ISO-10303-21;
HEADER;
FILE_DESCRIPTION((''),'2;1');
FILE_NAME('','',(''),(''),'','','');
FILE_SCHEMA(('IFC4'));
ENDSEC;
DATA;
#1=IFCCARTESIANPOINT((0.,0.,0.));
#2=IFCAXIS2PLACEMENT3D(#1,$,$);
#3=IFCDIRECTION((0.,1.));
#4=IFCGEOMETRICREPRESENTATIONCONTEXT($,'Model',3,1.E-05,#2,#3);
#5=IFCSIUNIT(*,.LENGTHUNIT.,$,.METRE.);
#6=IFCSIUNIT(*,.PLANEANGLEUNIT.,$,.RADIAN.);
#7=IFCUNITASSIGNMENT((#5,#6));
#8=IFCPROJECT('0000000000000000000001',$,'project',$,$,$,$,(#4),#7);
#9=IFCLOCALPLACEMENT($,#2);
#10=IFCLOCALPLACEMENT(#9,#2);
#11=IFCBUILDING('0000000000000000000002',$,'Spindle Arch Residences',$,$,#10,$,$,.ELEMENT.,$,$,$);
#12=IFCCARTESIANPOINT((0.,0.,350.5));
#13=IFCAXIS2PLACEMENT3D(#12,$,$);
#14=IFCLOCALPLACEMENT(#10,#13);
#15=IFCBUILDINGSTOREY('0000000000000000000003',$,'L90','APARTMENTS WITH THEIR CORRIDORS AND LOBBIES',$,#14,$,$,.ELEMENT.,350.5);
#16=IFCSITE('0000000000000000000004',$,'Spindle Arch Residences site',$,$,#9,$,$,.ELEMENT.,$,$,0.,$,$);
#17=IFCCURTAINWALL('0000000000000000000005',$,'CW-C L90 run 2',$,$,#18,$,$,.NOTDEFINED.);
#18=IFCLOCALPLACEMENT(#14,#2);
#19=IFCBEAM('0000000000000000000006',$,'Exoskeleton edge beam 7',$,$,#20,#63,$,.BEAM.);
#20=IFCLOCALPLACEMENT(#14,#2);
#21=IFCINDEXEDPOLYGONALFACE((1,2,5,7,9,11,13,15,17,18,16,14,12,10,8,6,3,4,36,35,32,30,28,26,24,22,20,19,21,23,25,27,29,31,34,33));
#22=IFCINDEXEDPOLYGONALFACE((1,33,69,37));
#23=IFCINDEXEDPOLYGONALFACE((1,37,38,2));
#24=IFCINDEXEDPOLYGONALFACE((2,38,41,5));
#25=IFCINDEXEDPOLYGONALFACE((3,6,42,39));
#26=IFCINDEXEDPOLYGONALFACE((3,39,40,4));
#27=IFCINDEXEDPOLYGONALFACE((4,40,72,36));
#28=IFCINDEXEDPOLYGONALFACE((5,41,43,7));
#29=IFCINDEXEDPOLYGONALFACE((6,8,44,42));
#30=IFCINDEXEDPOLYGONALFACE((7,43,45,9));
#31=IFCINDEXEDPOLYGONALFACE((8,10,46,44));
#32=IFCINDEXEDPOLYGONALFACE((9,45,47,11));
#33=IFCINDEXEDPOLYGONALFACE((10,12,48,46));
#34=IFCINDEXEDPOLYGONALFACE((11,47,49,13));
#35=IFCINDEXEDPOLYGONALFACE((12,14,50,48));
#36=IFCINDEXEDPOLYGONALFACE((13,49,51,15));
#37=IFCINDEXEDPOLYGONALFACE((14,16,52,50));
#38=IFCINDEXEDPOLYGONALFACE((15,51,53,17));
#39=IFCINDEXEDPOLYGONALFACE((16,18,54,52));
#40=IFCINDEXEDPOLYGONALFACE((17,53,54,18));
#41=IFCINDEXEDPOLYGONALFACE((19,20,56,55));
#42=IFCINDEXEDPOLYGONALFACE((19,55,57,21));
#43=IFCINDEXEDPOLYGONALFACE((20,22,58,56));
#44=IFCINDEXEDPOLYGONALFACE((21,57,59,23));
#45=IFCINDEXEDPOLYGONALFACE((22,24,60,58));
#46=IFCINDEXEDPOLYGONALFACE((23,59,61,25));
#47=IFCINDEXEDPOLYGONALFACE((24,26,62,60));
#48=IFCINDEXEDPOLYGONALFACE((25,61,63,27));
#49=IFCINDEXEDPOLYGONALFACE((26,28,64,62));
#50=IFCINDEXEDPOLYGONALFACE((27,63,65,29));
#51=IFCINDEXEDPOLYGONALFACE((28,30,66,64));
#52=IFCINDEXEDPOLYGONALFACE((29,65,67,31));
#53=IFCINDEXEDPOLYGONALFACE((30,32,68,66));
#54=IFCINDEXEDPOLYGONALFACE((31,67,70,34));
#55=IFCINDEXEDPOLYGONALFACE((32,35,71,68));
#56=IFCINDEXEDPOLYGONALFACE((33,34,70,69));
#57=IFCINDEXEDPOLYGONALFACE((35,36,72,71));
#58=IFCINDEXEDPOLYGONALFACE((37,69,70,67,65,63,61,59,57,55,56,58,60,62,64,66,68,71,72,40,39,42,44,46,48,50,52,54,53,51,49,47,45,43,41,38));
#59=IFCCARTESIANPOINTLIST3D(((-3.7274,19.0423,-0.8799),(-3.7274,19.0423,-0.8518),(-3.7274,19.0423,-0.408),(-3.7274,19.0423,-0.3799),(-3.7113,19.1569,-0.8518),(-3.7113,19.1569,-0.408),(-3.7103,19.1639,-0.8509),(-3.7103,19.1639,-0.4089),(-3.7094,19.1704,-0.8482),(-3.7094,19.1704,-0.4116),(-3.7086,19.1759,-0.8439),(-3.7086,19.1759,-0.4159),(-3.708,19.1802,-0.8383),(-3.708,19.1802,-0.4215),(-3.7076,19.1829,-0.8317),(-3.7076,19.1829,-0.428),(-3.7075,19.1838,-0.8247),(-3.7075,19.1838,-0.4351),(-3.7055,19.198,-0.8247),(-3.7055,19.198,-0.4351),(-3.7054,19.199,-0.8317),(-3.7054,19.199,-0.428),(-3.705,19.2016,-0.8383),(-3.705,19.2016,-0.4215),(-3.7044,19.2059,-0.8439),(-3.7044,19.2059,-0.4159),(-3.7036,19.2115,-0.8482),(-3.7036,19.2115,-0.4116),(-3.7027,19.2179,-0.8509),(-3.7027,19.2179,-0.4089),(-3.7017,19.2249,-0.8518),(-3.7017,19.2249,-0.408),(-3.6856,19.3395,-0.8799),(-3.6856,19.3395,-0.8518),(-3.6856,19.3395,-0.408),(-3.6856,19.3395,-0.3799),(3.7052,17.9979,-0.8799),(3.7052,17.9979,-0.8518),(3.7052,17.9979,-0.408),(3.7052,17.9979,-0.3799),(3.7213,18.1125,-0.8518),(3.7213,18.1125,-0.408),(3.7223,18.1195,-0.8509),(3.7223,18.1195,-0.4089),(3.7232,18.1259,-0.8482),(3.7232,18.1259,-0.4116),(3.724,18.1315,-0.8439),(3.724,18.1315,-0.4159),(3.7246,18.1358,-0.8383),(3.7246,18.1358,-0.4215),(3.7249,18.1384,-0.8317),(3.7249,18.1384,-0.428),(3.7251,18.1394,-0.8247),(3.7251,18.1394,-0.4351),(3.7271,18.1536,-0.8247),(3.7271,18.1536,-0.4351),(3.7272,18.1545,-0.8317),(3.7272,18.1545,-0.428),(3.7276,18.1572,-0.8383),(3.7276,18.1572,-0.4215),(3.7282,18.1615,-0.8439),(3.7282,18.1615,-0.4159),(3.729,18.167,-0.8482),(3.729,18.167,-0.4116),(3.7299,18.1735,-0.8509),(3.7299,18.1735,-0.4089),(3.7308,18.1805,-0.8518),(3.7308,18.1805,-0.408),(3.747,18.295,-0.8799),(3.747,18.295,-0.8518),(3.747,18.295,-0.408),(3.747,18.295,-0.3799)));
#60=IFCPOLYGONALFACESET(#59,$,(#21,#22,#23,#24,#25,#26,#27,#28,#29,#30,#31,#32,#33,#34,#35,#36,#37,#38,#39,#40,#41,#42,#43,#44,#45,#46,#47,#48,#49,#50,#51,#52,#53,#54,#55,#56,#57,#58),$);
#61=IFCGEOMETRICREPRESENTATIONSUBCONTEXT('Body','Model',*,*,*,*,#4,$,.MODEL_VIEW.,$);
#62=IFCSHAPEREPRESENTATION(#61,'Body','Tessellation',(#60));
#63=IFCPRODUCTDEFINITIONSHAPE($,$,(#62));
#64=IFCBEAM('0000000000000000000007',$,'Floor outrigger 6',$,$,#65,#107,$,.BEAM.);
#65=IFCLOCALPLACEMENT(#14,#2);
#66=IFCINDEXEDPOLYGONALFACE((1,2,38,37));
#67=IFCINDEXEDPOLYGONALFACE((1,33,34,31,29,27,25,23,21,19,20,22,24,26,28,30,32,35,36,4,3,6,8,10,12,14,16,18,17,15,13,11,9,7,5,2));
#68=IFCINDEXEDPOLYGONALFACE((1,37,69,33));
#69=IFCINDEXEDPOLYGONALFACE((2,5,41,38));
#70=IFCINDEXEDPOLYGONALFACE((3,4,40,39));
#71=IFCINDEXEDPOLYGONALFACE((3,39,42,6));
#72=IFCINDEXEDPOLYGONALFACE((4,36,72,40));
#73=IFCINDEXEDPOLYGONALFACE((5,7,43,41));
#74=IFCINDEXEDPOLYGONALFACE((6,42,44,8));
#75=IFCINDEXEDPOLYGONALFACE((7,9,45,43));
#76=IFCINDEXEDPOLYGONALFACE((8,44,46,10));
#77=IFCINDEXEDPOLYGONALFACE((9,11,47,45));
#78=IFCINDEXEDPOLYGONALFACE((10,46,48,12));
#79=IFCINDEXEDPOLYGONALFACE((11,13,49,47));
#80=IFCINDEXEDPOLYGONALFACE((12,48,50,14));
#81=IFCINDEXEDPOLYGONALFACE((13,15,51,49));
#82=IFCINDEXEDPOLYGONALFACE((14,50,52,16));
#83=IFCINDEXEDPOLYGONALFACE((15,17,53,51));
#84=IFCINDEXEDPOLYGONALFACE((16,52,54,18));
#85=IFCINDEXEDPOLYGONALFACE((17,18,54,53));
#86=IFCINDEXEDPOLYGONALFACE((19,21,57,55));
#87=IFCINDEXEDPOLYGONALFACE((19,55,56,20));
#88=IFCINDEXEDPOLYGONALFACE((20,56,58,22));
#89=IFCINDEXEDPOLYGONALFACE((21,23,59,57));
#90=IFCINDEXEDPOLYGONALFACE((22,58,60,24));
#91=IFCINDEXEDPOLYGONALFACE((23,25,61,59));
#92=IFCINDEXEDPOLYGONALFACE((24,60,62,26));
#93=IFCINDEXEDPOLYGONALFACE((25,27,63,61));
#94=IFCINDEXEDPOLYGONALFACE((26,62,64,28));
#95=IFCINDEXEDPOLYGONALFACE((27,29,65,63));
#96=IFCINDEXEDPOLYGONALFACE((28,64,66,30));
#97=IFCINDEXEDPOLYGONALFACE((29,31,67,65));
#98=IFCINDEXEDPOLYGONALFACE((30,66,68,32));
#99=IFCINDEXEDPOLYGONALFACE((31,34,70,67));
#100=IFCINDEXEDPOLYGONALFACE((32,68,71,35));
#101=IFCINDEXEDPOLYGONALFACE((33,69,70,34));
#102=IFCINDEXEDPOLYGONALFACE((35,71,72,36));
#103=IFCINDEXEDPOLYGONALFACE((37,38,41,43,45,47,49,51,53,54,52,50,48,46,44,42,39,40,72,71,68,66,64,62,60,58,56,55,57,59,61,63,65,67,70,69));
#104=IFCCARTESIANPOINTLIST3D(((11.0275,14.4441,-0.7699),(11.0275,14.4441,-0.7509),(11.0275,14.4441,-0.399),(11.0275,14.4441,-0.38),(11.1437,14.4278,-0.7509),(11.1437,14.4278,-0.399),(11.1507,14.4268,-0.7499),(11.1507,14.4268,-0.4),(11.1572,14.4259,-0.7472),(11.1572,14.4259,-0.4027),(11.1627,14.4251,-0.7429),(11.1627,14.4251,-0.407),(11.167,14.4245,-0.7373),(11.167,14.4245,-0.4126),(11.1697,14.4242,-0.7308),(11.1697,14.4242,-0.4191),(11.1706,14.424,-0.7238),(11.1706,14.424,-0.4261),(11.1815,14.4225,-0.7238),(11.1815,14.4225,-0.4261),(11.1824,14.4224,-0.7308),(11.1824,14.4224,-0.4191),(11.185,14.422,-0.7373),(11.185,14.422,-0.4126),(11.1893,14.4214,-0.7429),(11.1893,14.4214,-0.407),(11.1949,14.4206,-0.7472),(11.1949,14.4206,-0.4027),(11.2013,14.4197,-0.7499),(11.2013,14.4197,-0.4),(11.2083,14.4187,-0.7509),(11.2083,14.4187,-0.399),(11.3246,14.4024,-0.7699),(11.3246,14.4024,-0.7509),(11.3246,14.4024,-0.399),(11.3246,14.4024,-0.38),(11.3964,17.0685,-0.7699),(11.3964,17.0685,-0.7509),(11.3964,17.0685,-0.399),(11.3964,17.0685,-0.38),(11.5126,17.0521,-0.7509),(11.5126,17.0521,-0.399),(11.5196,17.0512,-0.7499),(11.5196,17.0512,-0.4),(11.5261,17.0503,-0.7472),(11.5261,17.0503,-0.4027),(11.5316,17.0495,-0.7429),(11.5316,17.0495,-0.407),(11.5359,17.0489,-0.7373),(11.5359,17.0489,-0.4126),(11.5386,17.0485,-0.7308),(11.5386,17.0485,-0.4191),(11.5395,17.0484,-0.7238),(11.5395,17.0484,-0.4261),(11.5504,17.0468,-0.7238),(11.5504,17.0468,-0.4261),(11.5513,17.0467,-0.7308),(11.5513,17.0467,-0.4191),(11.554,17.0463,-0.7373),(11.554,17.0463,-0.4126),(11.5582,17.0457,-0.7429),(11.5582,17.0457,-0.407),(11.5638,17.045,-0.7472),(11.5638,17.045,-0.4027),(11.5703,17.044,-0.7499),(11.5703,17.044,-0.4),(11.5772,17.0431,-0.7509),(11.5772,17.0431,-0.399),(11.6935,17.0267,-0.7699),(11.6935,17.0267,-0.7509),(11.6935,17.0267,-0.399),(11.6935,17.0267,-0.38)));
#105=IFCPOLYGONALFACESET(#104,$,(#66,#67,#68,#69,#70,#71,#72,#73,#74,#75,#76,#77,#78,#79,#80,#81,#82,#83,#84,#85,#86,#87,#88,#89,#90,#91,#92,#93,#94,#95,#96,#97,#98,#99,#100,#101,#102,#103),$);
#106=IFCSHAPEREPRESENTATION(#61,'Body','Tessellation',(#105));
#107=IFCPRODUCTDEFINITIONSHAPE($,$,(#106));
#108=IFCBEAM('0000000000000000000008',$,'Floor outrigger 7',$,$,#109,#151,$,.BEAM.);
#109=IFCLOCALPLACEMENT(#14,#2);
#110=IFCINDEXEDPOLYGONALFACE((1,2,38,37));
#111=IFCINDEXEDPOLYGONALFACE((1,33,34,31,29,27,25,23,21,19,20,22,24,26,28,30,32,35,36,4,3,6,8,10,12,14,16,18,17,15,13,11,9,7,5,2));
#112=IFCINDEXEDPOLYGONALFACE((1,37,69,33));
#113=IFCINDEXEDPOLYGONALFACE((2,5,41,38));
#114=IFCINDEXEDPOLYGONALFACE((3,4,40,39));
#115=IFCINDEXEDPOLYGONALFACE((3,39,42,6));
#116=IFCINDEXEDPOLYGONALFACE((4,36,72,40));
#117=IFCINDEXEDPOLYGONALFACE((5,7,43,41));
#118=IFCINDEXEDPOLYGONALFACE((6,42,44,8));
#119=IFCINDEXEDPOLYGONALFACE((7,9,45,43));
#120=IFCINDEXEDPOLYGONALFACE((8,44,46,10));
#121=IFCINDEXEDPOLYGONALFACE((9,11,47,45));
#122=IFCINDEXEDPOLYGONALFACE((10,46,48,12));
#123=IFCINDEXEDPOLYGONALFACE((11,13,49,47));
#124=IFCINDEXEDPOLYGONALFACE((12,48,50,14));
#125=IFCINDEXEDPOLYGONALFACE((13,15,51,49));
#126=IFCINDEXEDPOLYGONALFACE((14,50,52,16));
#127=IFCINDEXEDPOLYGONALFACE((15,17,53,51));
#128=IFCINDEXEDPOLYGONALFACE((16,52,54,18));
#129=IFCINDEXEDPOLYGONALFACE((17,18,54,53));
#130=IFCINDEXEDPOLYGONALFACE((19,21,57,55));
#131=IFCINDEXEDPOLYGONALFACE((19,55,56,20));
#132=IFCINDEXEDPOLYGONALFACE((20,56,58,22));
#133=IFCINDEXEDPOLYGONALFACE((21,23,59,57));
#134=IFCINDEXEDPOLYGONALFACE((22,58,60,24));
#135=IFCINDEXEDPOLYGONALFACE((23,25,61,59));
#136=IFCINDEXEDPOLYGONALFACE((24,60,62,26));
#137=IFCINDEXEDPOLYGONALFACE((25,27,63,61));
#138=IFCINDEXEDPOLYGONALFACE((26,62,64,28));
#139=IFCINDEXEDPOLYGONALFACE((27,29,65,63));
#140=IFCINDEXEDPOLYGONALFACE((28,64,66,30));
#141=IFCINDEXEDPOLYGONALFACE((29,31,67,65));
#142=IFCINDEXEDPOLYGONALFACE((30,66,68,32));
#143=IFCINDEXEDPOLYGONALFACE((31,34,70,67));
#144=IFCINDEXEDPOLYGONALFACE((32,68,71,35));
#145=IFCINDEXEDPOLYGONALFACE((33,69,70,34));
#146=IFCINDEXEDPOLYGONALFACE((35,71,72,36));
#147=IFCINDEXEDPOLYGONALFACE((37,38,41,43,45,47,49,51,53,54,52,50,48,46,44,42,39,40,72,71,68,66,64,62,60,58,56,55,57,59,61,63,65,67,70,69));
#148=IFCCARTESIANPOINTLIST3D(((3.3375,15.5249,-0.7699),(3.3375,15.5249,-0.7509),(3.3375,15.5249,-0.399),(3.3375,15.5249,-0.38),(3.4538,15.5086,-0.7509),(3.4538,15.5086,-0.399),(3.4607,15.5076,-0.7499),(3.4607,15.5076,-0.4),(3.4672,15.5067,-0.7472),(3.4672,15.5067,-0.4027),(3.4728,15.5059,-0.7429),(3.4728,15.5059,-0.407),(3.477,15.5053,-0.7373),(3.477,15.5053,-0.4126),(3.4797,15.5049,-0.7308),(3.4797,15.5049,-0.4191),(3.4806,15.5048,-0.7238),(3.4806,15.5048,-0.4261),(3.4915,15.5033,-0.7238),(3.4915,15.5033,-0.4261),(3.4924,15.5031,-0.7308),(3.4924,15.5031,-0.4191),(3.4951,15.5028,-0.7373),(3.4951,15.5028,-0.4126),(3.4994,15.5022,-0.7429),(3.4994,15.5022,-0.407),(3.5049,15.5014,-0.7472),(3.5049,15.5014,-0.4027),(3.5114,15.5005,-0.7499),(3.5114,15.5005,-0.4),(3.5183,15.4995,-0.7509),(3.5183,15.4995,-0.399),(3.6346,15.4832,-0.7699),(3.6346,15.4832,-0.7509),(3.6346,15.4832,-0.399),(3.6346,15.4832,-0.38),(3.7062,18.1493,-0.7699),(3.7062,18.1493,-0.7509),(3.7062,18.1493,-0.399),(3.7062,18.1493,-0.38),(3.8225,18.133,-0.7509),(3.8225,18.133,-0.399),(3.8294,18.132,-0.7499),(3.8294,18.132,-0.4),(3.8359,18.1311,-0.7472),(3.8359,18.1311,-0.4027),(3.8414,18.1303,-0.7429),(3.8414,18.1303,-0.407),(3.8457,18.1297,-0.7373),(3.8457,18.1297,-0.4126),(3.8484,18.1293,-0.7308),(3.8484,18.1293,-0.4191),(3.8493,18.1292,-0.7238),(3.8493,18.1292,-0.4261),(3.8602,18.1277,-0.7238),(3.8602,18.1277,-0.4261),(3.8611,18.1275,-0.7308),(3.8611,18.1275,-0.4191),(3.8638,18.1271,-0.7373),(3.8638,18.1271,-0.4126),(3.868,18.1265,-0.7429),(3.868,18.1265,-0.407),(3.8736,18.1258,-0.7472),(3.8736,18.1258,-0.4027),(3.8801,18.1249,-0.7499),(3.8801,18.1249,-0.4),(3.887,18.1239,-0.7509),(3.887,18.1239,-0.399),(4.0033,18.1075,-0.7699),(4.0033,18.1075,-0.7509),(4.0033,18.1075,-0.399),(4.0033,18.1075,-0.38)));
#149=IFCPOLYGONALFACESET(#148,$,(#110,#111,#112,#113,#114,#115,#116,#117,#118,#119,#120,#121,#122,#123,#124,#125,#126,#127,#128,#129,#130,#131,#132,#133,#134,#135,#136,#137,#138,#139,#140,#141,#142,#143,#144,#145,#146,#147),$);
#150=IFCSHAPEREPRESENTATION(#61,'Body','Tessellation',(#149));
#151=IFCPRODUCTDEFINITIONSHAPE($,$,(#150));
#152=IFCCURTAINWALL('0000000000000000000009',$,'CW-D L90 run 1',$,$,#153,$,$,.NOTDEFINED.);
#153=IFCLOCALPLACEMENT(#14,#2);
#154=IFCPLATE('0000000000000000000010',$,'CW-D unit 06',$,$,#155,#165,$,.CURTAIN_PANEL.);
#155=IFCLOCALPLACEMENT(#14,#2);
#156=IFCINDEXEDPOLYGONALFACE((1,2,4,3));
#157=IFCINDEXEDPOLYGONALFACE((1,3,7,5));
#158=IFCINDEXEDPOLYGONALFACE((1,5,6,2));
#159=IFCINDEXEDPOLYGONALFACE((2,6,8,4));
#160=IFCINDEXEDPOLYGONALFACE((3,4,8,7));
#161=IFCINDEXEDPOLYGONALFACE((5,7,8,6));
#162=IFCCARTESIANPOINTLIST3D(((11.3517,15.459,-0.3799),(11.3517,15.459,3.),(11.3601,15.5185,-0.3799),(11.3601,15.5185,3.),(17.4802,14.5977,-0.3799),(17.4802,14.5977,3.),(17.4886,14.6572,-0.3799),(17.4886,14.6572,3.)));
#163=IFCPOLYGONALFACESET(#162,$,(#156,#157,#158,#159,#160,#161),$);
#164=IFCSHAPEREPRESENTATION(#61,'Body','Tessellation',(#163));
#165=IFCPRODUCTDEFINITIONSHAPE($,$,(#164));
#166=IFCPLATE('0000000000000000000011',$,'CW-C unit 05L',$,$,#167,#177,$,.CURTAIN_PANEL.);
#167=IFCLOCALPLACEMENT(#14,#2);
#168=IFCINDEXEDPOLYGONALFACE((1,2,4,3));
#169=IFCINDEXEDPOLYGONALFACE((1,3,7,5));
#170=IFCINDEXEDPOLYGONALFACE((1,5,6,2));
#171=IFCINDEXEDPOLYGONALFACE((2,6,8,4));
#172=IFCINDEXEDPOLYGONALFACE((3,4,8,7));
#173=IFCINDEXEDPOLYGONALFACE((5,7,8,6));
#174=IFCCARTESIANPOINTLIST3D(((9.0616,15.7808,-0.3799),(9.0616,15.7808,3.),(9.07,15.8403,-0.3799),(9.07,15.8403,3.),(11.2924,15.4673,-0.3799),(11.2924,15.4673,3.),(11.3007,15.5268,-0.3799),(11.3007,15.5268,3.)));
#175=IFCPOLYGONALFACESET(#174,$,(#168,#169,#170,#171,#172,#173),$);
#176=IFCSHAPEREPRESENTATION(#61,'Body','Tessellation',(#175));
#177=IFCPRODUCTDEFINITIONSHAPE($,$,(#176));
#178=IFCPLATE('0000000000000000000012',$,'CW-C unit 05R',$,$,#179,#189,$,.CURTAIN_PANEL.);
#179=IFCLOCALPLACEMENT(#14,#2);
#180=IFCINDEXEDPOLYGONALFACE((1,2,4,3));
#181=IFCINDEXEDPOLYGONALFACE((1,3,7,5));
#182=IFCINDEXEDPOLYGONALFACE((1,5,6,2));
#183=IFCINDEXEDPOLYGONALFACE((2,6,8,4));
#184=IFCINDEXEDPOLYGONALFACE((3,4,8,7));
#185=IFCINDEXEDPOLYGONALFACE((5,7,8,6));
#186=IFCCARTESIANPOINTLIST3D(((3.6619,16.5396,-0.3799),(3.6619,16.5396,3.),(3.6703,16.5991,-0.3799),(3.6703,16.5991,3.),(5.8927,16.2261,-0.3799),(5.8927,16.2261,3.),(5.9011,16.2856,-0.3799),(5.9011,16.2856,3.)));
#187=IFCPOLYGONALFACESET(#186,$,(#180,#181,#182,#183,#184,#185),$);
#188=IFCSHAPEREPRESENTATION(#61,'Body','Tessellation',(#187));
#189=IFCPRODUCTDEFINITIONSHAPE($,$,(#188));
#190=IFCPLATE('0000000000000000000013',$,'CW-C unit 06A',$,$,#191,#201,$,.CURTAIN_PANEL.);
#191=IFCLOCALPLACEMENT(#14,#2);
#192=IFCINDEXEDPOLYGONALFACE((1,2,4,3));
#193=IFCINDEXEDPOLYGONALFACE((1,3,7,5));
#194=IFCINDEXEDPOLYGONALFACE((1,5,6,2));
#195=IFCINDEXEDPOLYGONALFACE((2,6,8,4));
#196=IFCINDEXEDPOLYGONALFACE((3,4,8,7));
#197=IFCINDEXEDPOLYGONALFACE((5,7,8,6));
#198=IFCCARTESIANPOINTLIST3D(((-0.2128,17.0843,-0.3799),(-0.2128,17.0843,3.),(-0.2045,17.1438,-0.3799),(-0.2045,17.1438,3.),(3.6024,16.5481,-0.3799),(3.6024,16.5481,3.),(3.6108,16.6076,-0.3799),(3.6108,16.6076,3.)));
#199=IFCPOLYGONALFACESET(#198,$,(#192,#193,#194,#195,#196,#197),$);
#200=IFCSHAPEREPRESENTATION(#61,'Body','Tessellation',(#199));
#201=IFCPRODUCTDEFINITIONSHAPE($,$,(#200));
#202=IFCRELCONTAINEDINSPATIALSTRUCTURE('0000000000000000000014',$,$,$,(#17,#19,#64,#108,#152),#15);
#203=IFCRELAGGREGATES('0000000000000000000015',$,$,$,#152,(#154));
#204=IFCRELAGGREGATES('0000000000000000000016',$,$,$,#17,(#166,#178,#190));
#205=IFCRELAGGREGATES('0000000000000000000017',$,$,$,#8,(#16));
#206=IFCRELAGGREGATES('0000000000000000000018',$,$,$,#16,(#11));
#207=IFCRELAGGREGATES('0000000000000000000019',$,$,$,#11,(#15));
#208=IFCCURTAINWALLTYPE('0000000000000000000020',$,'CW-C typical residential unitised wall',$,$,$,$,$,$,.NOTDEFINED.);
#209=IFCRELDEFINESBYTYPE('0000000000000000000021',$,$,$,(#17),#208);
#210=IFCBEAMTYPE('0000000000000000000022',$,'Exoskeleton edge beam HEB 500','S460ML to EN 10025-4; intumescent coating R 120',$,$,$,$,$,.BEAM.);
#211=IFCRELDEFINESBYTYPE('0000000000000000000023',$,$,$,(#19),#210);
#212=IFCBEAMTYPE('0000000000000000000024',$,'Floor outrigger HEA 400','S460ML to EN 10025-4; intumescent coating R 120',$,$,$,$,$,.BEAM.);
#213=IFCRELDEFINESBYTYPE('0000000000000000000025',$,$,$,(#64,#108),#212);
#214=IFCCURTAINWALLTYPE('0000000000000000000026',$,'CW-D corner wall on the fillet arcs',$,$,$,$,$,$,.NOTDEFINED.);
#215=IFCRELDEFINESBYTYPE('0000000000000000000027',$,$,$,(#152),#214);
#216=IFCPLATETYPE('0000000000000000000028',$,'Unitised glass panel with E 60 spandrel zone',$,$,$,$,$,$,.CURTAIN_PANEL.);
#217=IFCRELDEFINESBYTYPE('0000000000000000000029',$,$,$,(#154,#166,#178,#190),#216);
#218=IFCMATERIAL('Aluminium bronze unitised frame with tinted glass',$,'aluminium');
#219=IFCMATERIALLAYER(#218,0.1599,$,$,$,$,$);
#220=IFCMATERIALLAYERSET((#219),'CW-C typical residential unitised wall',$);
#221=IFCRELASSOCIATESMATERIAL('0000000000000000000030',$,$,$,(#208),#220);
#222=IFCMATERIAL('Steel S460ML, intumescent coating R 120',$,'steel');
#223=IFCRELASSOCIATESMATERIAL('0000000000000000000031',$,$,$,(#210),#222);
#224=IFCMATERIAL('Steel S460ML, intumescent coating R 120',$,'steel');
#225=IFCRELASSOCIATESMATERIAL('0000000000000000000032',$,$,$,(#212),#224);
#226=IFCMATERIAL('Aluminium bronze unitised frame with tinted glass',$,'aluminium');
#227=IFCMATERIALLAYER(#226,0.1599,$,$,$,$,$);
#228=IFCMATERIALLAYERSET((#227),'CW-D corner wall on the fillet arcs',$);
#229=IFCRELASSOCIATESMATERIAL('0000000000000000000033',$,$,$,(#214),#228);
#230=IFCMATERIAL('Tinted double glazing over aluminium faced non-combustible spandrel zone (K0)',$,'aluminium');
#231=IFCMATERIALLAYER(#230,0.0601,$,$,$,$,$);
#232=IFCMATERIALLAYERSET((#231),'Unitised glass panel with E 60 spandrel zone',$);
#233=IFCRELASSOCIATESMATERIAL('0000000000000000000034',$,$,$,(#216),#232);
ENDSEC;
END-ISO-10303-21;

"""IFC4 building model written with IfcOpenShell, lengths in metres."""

from ifc_helpers import new_model, si_unit, direction, frame, origin, origin_2d, place, context, subcontext, project, spatial, rectangle, i_section, extrude, material, layer, layer_set, material_profile, profile_set, type_object, element, aggregate, save


model = new_model("IFC4")

# Units and contexts
model_context = context("Model", 3, precision=1e-05, world=origin(), true_north=direction((0.0, 1.0)))
body_context = subcontext(model_context, "Body", "Model", "MODEL_VIEW")
ifc_project = project(units=[si_unit("LENGTHUNIT", "METRE"), si_unit("PLANEANGLEUNIT", "RADIAN")], contexts=[model_context])

# Site, building, storey
site_placement = place(None, origin())
site = spatial("IfcSite", under=ifc_project, at=site_placement, Name="Spindle Arch Residences site", CompositionType="ELEMENT", RefElevation=0.0)
building_placement = place(site_placement, origin())
building = spatial("IfcBuilding", under=site, at=building_placement, Name="Spindle Arch Residences", CompositionType="ELEMENT")
storey_placement = place(building_placement, frame((0.0, 0.0, 350.5)))
storey = spatial("IfcBuildingStorey", under=building, at=storey_placement, Name="L90", Description="APARTMENTS WITH THEIR CORRIDORS AND LOBBIES", CompositionType="ELEMENT", Elevation=350.5)

# Curtain wall
ifc_material_1 = material(Name="Aluminium bronze unitised frame with tinted glass", Category="aluminium")
ifc_layer_1 = layer(ifc_material_1, 0.1599)
ifc_layer_set_1 = layer_set([ifc_layer_1], Name="CW-C typical residential unitised wall")
curtain_wall_type_1 = type_object("IfcCurtainWallType", Name="CW-C typical residential unitised wall", PredefinedType="NOTDEFINED", material=ifc_layer_set_1)
curtain_wall_1_placement = place(storey_placement, origin())
curtain_wall_1 = element("IfcCurtainWall", 1, at=curtain_wall_1_placement, inside=storey, type_object=curtain_wall_type_1, Name="CW-C L90 run 2", PredefinedType="NOTDEFINED")

# Beams
ifc_material_2 = material(Name="Steel S460ML, intumescent coating R 120", Category="steel")
ifc_material_profile_1 = material_profile(ifc_material_2, i_section(OverallWidth=0.3, OverallDepth=0.5, WebThickness=0.0144, FlangeThickness=0.0281, FilletRadius=0.0271, at=origin_2d()), Name="HEB 500")
ifc_profile_set_1 = profile_set([ifc_material_profile_1], Name="Steel S460ML, intumescent coating R 120")
beam_type_1 = type_object("IfcBeamType", Name="Exoskeleton edge beam HEB 500", Description="S460ML to EN 10025-4; intumescent coating R 120", PredefinedType="BEAM", material=ifc_profile_set_1)
for number, where, z_axis, x_axis, name in (
    (2, (3.7261, 18.1465, -0.6299), (-0.990271, 0.139153, 0.0), (-0.139153, -0.990271, 0.0), "Exoskeleton edge beam 7"),
):
    element("IfcBeam", number, at=place(storey_placement, frame(where, z_axis=z_axis, x_axis=x_axis)), inside=storey, type_object=beam_type_1, Name=name, PredefinedType="BEAM", context=body_context, shape_type="SweptSolid", body=[
        extrude(i_section(OverallWidth=0.3, OverallDepth=0.5, WebThickness=0.0144, FlangeThickness=0.0281, FilletRadius=0.0271, at=origin_2d()), origin(), (0.0, 0.0, 1.0), 7.5056),
    ])
ifc_material_3 = material(Name="Steel S460ML, intumescent coating R 120", Category="steel")
ifc_material_profile_2 = material_profile(ifc_material_3, i_section(OverallWidth=0.3, OverallDepth=0.3899, WebThickness=0.011, FlangeThickness=0.019, FilletRadius=0.0271, at=origin_2d()), Name="HEA 400")
ifc_profile_set_2 = profile_set([ifc_material_profile_2], Name="Steel S460ML, intumescent coating R 120")
beam_type_2 = type_object("IfcBeamType", Name="Floor outrigger HEA 400", Description="S460ML to EN 10025-4; intumescent coating R 120", PredefinedType="BEAM", material=ifc_profile_set_2)
for number, where, z_axis, x_axis, name in (
    (3, (11.5449, 17.0476, -0.575), (-0.139203, -0.990264, 0.0), (0.990264, -0.139203, 0.0), "Floor outrigger 6"),
    (4, (3.8547, 18.1284, -0.575), (-0.139112, -0.990277, 0.0), (0.990277, -0.139112, 0.0), "Floor outrigger 7"),
):
    element("IfcBeam", number, at=place(storey_placement, frame(where, z_axis=z_axis, x_axis=x_axis)), inside=storey, type_object=beam_type_2, Name=name, PredefinedType="BEAM", context=body_context, shape_type="SweptSolid", body=[
        extrude(i_section(OverallWidth=0.3, OverallDepth=0.3899, WebThickness=0.011, FlangeThickness=0.019, FilletRadius=0.0271, at=origin_2d()), origin(), (0.0, 0.0, 1.0), 2.6501),
    ])

# Curtain wall, plate
ifc_material_4 = material(Name="Aluminium bronze unitised frame with tinted glass", Category="aluminium")
ifc_layer_2 = layer(ifc_material_4, 0.1599)
ifc_layer_set_2 = layer_set([ifc_layer_2], Name="CW-D corner wall on the fillet arcs")
curtain_wall_type_2 = type_object("IfcCurtainWallType", Name="CW-D corner wall on the fillet arcs", PredefinedType="NOTDEFINED", material=ifc_layer_set_2)
curtain_wall_2_placement = place(storey_placement, origin())
curtain_wall_2 = element("IfcCurtainWall", 5, at=curtain_wall_2_placement, inside=storey, type_object=curtain_wall_type_2, Name="CW-D L90 run 1", PredefinedType="NOTDEFINED")
ifc_material_5 = material(Name="Tinted double glazing over aluminium faced non-combustible spandrel zone (K0)", Category="aluminium")
ifc_layer_3 = layer(ifc_material_5, 0.0601)
ifc_layer_set_3 = layer_set([ifc_layer_3], Name="Unitised glass panel with E 60 spandrel zone")
plate_type = type_object("IfcPlateType", Name="Unitised glass panel with E 60 spandrel zone", PredefinedType="CURTAIN_PANEL", material=ifc_layer_set_3)
plate_1_placement = place(storey_placement, frame((14.4202, 15.0581, -0.3799), z_axis=(0.0, 0.0, 1.0), x_axis=(-0.990268, 0.139173, 0.0)))
plate_1 = element("IfcPlate", 6, at=plate_1_placement, type_object=plate_type, Name="CW-D unit 06", PredefinedType="CURTAIN_PANEL", context=body_context, shape_type="SweptSolid", body=[
    extrude(rectangle(XDim=6.1887, YDim=0.0601, at=origin_2d()), origin(), (0.0, 0.0, 1.0), 3.3799),
])
aggregate(curtain_wall_2, [plate_1])

# Plates
plate_2_placement = place(storey_placement, frame((10.1812, 15.6538, -0.3799), z_axis=(0.0, 0.0, 1.0), x_axis=(-0.990268, 0.139173, 0.0)))
plate_2 = element("IfcPlate", 7, at=plate_2_placement, type_object=plate_type, Name="CW-C unit 05L", PredefinedType="CURTAIN_PANEL", context=body_context, shape_type="SweptSolid", body=[
    extrude(rectangle(XDim=2.2527, YDim=0.0601, at=origin_2d()), origin(), (0.0, 0.0, 1.0), 3.3799),
])
plate_3_placement = place(storey_placement, frame((4.7815, 16.4126, -0.3799), z_axis=(0.0, 0.0, 1.0), x_axis=(-0.990268, 0.139173, 0.0)))
plate_3 = element("IfcPlate", 8, at=plate_3_placement, type_object=plate_type, Name="CW-C unit 05R", PredefinedType="CURTAIN_PANEL", context=body_context, shape_type="SweptSolid", body=[
    extrude(rectangle(XDim=2.2527, YDim=0.0601, at=origin_2d()), origin(), (0.0, 0.0, 1.0), 3.3799),
])
plate_4_placement = place(storey_placement, frame((1.699, 16.8459, -0.3799), z_axis=(0.0, 0.0, 1.0), x_axis=(-0.990268, 0.139173, 0.0)))
plate_4 = element("IfcPlate", 9, at=plate_4_placement, type_object=plate_type, Name="CW-C unit 06A", PredefinedType="CURTAIN_PANEL", context=body_context, shape_type="SweptSolid", body=[
    extrude(rectangle(XDim=3.8528, YDim=0.0601, at=origin_2d()), origin(), (0.0, 0.0, 1.0), 3.3799),
])
aggregate(curtain_wall_1, [plate_2, plate_3, plate_4])

save(model, "model.ifc")
